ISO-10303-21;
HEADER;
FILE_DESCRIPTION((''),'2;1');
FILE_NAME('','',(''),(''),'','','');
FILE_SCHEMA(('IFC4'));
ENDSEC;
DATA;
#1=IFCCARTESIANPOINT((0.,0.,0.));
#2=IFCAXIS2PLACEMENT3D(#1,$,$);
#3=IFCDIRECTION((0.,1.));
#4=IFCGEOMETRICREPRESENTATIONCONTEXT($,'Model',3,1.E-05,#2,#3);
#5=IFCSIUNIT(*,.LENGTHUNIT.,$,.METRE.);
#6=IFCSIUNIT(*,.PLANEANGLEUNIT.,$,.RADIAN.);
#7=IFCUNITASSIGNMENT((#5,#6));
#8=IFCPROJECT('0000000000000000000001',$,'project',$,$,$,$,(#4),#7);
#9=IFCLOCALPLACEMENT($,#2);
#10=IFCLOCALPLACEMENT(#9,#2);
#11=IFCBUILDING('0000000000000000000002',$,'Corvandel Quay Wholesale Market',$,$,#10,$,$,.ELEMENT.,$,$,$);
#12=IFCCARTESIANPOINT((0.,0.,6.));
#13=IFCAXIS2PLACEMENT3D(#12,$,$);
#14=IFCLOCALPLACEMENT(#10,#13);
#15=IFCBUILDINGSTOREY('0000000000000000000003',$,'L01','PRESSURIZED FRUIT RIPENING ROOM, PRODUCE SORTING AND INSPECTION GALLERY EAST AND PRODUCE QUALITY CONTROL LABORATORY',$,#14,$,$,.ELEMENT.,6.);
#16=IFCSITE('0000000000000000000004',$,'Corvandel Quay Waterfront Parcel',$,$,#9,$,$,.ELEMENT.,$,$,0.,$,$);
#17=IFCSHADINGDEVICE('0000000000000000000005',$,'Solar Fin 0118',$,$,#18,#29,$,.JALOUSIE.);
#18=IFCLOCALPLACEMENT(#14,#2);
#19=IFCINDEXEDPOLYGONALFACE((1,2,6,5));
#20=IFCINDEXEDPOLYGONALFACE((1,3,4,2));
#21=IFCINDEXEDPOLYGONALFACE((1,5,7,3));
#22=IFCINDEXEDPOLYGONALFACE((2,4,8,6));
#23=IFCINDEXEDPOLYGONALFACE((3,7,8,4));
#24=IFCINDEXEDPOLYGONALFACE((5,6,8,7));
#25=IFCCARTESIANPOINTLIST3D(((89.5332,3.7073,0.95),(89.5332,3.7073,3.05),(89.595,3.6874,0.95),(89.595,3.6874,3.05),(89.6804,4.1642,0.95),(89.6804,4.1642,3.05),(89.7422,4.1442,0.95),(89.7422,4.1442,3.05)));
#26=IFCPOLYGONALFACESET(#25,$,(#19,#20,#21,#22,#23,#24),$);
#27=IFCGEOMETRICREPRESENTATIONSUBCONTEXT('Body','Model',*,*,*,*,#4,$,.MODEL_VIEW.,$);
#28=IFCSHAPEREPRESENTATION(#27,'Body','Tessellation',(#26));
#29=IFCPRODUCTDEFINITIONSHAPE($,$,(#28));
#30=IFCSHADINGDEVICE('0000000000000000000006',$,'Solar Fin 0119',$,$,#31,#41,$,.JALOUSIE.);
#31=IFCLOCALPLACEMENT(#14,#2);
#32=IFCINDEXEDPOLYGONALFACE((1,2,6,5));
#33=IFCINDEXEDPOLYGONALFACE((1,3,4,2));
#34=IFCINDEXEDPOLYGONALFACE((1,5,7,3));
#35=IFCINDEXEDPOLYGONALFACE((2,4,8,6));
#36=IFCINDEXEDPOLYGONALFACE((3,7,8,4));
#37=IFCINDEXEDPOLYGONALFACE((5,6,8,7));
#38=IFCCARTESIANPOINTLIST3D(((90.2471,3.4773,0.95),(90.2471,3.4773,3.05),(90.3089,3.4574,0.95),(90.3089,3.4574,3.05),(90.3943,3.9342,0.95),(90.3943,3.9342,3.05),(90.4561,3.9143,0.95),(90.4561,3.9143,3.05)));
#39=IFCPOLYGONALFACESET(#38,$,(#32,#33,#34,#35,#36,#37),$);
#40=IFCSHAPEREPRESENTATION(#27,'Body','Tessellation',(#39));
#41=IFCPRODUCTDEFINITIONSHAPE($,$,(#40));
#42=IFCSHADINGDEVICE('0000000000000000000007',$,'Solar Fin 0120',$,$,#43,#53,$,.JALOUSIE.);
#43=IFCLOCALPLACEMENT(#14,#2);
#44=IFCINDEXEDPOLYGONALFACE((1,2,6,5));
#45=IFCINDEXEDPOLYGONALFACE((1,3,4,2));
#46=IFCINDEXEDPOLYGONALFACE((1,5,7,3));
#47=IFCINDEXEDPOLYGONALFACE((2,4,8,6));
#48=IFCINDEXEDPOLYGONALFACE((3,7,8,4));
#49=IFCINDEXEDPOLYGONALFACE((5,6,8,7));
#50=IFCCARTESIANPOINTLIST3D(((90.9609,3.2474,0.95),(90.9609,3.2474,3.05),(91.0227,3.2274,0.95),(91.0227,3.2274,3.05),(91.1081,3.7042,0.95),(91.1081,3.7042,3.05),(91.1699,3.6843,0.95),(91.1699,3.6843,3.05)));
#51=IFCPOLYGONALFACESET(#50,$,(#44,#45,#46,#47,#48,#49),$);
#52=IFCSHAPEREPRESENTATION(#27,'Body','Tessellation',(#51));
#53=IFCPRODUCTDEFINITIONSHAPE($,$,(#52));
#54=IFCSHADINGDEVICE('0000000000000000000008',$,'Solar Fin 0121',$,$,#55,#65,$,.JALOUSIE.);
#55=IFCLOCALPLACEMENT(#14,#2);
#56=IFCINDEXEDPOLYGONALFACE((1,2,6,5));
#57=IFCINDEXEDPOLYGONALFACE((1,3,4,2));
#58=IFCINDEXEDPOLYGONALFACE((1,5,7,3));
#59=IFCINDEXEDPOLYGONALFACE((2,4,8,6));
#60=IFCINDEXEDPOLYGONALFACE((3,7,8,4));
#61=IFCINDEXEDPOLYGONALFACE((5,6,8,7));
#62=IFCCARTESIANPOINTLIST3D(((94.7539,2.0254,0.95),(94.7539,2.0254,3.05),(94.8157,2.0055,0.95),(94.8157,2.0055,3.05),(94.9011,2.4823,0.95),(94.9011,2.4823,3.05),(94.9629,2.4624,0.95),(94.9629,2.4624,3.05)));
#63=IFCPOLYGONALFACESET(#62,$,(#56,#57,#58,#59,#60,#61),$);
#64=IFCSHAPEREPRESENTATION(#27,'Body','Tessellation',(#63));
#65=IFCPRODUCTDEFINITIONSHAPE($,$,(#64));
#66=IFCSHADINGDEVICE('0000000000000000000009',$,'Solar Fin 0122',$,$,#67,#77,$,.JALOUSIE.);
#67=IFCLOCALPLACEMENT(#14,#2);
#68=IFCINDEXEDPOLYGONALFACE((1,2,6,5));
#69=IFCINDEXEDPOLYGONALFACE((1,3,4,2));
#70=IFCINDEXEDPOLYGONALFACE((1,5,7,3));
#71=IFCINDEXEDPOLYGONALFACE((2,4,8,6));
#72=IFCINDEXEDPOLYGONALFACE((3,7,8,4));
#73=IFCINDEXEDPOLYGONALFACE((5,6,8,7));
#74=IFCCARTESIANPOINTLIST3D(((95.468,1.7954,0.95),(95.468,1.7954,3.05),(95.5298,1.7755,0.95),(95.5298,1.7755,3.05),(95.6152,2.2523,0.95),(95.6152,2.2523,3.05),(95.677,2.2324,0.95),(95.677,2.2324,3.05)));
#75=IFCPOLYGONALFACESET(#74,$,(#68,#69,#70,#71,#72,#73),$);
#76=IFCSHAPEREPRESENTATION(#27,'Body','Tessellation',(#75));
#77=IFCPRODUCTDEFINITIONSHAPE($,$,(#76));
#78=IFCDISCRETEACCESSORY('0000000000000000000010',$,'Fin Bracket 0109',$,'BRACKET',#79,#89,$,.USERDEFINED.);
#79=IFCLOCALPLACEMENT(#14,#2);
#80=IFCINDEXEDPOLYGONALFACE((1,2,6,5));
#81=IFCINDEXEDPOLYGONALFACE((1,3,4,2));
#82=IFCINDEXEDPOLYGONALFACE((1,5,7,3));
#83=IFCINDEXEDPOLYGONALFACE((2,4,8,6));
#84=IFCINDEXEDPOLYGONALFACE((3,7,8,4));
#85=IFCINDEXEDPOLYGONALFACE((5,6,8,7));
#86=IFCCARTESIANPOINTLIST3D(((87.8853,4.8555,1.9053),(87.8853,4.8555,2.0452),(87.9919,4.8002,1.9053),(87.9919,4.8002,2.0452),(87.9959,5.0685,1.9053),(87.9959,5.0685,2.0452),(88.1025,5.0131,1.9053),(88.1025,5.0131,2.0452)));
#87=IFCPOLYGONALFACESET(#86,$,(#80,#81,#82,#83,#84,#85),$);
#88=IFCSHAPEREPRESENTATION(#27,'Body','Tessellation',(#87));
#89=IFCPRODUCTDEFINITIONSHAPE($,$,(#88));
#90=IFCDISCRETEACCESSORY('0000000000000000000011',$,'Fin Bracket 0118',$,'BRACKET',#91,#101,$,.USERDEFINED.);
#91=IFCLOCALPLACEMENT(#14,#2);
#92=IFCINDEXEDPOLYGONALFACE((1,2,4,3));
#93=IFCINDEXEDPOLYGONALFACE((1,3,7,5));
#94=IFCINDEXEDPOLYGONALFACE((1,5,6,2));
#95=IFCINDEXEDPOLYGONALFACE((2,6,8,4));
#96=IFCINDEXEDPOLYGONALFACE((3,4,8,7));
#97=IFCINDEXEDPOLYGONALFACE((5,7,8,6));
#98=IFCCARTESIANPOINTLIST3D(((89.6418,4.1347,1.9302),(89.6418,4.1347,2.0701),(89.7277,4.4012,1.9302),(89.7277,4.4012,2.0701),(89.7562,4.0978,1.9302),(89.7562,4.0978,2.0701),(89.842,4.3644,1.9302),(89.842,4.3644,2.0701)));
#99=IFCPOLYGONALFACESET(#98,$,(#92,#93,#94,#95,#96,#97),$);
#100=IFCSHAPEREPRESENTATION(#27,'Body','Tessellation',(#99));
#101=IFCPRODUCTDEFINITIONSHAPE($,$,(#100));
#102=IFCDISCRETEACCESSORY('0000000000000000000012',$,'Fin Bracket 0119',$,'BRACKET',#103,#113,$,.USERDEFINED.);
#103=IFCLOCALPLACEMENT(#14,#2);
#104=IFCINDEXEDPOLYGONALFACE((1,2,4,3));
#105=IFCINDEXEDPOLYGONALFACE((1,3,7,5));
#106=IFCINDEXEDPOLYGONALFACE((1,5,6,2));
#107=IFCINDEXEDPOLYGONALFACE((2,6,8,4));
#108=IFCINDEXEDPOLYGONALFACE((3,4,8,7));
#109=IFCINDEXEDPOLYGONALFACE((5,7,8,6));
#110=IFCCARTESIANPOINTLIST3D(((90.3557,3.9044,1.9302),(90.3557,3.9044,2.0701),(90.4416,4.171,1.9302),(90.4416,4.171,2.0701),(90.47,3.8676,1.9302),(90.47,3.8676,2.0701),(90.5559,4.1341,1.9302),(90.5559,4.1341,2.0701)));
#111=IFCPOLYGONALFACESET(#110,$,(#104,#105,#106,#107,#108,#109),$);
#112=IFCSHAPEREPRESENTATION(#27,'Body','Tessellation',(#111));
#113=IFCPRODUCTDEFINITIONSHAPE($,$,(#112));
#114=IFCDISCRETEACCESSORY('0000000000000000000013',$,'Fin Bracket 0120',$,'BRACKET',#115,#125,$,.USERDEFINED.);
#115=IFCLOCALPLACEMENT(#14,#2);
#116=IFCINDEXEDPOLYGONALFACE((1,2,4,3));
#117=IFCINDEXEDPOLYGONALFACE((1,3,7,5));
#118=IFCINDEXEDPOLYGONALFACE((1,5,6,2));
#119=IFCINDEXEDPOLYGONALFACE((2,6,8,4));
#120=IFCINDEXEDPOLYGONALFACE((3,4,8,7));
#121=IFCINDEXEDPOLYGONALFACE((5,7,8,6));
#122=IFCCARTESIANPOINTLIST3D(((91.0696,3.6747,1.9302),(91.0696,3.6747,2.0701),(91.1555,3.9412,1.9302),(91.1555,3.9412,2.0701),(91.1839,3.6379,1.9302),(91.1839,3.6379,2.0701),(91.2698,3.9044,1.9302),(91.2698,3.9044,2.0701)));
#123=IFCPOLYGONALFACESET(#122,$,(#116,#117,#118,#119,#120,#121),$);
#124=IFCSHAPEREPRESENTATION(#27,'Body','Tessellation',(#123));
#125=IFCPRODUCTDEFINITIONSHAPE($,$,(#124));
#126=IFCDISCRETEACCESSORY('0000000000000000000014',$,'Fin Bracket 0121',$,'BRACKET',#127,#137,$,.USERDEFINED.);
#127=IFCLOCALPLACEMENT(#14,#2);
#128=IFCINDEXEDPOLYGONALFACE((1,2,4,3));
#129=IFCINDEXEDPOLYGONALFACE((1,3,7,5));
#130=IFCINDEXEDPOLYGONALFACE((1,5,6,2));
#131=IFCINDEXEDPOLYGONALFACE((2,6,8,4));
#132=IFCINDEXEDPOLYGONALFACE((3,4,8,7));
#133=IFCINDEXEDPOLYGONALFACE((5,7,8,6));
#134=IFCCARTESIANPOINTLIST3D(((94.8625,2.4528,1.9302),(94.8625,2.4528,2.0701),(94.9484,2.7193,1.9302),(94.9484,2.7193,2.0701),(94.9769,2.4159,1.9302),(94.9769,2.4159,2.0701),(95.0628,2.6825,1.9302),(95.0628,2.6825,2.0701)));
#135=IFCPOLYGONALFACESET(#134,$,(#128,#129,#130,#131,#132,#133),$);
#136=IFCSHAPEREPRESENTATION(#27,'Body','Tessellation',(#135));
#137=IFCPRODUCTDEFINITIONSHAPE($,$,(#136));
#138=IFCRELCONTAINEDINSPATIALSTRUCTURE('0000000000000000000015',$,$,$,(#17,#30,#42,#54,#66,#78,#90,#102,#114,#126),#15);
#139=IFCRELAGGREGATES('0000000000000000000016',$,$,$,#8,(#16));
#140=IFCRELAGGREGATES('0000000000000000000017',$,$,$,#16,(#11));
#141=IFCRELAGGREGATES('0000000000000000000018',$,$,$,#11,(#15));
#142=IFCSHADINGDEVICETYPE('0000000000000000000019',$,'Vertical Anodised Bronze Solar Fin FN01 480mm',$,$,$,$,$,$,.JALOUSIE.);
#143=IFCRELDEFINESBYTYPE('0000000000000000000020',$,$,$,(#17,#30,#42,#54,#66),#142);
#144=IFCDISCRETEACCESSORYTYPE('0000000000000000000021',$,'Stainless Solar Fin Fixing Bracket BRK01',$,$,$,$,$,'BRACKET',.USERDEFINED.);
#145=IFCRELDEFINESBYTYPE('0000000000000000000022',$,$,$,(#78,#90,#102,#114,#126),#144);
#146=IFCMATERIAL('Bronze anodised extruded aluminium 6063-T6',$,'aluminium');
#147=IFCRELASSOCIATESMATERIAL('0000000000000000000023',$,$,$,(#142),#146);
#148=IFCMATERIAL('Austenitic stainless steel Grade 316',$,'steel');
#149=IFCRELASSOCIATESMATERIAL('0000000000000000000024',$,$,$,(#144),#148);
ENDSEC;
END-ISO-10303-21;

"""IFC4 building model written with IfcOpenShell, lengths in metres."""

from ifc_helpers import new_model, si_unit, direction, frame, origin, origin_2d, place, context, subcontext, project, spatial, rectangle, extrude, material, type_object, element, save


model = new_model("IFC4")

# Units and contexts
model_context = context("Model", 3, precision=1e-05, world=origin(), true_north=direction((0.0, 1.0)))
body_context = subcontext(model_context, "Body", "Model", "MODEL_VIEW")
ifc_project = project(units=[si_unit("LENGTHUNIT", "METRE"), si_unit("PLANEANGLEUNIT", "RADIAN")], contexts=[model_context])

# Site, building, storey
site_placement = place(None, origin())
site = spatial("IfcSite", under=ifc_project, at=site_placement, Name="Corvandel Quay Waterfront Parcel", CompositionType="ELEMENT", RefElevation=0.0)
building_placement = place(site_placement, origin())
building = spatial("IfcBuilding", under=site, at=building_placement, Name="Corvandel Quay Wholesale Market", CompositionType="ELEMENT")
storey_placement = place(building_placement, frame((0.0, 0.0, 6.0)))
storey = spatial("IfcBuildingStorey", under=building, at=storey_placement, Name="L01", Description="PRESSURIZED FRUIT RIPENING ROOM, PRODUCE SORTING AND INSPECTION GALLERY EAST AND PRODUCE QUALITY CONTROL LABORATORY", CompositionType="ELEMENT", Elevation=6.0)

# Shading devices
ifc_material_1 = material(Name="Bronze anodised extruded aluminium 6063-T6", Category="aluminium")
shading_device_type = type_object("IfcShadingDeviceType", Name="Vertical Anodised Bronze Solar Fin FN01 480mm", PredefinedType="JALOUSIE", material=ifc_material_1)
for number, where, z_axis, x_axis, name in (
    (1, (89.6377, 3.9258, 0.95), (0.0, 0.0, 1.0), (0.306692, 0.951809, 0.0), "Solar Fin 0118"),
    (2, (90.3516, 3.6958, 0.95), (0.0, 0.0, 1.0), (0.306692, 0.951809, 0.0), "Solar Fin 0119"),
    (3, (91.0654, 3.4658, 0.95), (0.0, 0.0, 1.0), (0.306692, 0.951809, 0.0), "Solar Fin 0120"),
    (4, (94.8584, 2.2439, 0.95), (0.0, 0.0, 1.0), (0.306692, 0.951809, 0.0), "Solar Fin 0121"),
    (5, (95.5725, 2.0139, 0.95), (0.0, 0.0, 1.0), (0.306692, 0.951809, 0.0), "Solar Fin 0122"),
):
    element("IfcShadingDevice", number, at=place(storey_placement, frame(where, z_axis=z_axis, x_axis=x_axis)), inside=storey, type_object=shading_device_type, Name=name, PredefinedType="JALOUSIE", context=body_context, shape_type="SweptSolid", body=[
        extrude(rectangle(XDim=0.48, YDim=0.0649, at=origin_2d()), origin(), (0.0, 0.0, 1.0), 2.1001),
    ])

# Discrete accessories
ifc_material_2 = material(Name="Austenitic stainless steel Grade 316", Category="steel")
discrete_accessory_type = type_object("IfcDiscreteAccessoryType", Name="Stainless Solar Fin Fixing Bracket BRK01", ElementType="BRACKET", PredefinedType="USERDEFINED", material=ifc_material_2)
discrete_accessory_placement = place(storey_placement, frame((87.9939, 4.9343, 1.9053), z_axis=(0.0, 0.0, 1.0), x_axis=(0.461129, 0.887333, 0.0)))
element("IfcDiscreteAccessory", 6, at=discrete_accessory_placement, inside=storey, type_object=discrete_accessory_type, Name="Fin Bracket 0109", ObjectType="BRACKET", PredefinedType="USERDEFINED", context=body_context, shape_type="SweptSolid", body=[
    extrude(rectangle(XDim=0.24, YDim=0.1201, at=origin_2d()), origin(), (0.0, 0.0, 1.0), 0.1399),
])
for number, where, z_axis, x_axis, name in (
    (7, (89.7419, 4.2495, 1.9302), (0.0, 0.0, 1.0), (0.306692, 0.951809, 0.0), "Fin Bracket 0118"),
    (8, (90.4558, 4.0193, 1.9302), (0.0, 0.0, 1.0), (0.306692, 0.951809, 0.0), "Fin Bracket 0119"),
    (9, (91.1697, 3.7896, 1.9302), (0.0, 0.0, 1.0), (0.306692, 0.951809, 0.0), "Fin Bracket 0120"),
    (10, (94.9626, 2.5676, 1.9302), (0.0, 0.0, 1.0), (0.306692, 0.951809, 0.0), "Fin Bracket 0121"),
):
    element("IfcDiscreteAccessory", number, at=place(storey_placement, frame(where, z_axis=z_axis, x_axis=x_axis)), inside=storey, type_object=discrete_accessory_type, Name=name, ObjectType="BRACKET", PredefinedType="USERDEFINED", context=body_context, shape_type="SweptSolid", body=[
        extrude(rectangle(XDim=0.28, YDim=0.1201, at=origin_2d()), origin(), (0.0, 0.0, 1.0), 0.1399),
    ])

save(model, "model.ifc")
